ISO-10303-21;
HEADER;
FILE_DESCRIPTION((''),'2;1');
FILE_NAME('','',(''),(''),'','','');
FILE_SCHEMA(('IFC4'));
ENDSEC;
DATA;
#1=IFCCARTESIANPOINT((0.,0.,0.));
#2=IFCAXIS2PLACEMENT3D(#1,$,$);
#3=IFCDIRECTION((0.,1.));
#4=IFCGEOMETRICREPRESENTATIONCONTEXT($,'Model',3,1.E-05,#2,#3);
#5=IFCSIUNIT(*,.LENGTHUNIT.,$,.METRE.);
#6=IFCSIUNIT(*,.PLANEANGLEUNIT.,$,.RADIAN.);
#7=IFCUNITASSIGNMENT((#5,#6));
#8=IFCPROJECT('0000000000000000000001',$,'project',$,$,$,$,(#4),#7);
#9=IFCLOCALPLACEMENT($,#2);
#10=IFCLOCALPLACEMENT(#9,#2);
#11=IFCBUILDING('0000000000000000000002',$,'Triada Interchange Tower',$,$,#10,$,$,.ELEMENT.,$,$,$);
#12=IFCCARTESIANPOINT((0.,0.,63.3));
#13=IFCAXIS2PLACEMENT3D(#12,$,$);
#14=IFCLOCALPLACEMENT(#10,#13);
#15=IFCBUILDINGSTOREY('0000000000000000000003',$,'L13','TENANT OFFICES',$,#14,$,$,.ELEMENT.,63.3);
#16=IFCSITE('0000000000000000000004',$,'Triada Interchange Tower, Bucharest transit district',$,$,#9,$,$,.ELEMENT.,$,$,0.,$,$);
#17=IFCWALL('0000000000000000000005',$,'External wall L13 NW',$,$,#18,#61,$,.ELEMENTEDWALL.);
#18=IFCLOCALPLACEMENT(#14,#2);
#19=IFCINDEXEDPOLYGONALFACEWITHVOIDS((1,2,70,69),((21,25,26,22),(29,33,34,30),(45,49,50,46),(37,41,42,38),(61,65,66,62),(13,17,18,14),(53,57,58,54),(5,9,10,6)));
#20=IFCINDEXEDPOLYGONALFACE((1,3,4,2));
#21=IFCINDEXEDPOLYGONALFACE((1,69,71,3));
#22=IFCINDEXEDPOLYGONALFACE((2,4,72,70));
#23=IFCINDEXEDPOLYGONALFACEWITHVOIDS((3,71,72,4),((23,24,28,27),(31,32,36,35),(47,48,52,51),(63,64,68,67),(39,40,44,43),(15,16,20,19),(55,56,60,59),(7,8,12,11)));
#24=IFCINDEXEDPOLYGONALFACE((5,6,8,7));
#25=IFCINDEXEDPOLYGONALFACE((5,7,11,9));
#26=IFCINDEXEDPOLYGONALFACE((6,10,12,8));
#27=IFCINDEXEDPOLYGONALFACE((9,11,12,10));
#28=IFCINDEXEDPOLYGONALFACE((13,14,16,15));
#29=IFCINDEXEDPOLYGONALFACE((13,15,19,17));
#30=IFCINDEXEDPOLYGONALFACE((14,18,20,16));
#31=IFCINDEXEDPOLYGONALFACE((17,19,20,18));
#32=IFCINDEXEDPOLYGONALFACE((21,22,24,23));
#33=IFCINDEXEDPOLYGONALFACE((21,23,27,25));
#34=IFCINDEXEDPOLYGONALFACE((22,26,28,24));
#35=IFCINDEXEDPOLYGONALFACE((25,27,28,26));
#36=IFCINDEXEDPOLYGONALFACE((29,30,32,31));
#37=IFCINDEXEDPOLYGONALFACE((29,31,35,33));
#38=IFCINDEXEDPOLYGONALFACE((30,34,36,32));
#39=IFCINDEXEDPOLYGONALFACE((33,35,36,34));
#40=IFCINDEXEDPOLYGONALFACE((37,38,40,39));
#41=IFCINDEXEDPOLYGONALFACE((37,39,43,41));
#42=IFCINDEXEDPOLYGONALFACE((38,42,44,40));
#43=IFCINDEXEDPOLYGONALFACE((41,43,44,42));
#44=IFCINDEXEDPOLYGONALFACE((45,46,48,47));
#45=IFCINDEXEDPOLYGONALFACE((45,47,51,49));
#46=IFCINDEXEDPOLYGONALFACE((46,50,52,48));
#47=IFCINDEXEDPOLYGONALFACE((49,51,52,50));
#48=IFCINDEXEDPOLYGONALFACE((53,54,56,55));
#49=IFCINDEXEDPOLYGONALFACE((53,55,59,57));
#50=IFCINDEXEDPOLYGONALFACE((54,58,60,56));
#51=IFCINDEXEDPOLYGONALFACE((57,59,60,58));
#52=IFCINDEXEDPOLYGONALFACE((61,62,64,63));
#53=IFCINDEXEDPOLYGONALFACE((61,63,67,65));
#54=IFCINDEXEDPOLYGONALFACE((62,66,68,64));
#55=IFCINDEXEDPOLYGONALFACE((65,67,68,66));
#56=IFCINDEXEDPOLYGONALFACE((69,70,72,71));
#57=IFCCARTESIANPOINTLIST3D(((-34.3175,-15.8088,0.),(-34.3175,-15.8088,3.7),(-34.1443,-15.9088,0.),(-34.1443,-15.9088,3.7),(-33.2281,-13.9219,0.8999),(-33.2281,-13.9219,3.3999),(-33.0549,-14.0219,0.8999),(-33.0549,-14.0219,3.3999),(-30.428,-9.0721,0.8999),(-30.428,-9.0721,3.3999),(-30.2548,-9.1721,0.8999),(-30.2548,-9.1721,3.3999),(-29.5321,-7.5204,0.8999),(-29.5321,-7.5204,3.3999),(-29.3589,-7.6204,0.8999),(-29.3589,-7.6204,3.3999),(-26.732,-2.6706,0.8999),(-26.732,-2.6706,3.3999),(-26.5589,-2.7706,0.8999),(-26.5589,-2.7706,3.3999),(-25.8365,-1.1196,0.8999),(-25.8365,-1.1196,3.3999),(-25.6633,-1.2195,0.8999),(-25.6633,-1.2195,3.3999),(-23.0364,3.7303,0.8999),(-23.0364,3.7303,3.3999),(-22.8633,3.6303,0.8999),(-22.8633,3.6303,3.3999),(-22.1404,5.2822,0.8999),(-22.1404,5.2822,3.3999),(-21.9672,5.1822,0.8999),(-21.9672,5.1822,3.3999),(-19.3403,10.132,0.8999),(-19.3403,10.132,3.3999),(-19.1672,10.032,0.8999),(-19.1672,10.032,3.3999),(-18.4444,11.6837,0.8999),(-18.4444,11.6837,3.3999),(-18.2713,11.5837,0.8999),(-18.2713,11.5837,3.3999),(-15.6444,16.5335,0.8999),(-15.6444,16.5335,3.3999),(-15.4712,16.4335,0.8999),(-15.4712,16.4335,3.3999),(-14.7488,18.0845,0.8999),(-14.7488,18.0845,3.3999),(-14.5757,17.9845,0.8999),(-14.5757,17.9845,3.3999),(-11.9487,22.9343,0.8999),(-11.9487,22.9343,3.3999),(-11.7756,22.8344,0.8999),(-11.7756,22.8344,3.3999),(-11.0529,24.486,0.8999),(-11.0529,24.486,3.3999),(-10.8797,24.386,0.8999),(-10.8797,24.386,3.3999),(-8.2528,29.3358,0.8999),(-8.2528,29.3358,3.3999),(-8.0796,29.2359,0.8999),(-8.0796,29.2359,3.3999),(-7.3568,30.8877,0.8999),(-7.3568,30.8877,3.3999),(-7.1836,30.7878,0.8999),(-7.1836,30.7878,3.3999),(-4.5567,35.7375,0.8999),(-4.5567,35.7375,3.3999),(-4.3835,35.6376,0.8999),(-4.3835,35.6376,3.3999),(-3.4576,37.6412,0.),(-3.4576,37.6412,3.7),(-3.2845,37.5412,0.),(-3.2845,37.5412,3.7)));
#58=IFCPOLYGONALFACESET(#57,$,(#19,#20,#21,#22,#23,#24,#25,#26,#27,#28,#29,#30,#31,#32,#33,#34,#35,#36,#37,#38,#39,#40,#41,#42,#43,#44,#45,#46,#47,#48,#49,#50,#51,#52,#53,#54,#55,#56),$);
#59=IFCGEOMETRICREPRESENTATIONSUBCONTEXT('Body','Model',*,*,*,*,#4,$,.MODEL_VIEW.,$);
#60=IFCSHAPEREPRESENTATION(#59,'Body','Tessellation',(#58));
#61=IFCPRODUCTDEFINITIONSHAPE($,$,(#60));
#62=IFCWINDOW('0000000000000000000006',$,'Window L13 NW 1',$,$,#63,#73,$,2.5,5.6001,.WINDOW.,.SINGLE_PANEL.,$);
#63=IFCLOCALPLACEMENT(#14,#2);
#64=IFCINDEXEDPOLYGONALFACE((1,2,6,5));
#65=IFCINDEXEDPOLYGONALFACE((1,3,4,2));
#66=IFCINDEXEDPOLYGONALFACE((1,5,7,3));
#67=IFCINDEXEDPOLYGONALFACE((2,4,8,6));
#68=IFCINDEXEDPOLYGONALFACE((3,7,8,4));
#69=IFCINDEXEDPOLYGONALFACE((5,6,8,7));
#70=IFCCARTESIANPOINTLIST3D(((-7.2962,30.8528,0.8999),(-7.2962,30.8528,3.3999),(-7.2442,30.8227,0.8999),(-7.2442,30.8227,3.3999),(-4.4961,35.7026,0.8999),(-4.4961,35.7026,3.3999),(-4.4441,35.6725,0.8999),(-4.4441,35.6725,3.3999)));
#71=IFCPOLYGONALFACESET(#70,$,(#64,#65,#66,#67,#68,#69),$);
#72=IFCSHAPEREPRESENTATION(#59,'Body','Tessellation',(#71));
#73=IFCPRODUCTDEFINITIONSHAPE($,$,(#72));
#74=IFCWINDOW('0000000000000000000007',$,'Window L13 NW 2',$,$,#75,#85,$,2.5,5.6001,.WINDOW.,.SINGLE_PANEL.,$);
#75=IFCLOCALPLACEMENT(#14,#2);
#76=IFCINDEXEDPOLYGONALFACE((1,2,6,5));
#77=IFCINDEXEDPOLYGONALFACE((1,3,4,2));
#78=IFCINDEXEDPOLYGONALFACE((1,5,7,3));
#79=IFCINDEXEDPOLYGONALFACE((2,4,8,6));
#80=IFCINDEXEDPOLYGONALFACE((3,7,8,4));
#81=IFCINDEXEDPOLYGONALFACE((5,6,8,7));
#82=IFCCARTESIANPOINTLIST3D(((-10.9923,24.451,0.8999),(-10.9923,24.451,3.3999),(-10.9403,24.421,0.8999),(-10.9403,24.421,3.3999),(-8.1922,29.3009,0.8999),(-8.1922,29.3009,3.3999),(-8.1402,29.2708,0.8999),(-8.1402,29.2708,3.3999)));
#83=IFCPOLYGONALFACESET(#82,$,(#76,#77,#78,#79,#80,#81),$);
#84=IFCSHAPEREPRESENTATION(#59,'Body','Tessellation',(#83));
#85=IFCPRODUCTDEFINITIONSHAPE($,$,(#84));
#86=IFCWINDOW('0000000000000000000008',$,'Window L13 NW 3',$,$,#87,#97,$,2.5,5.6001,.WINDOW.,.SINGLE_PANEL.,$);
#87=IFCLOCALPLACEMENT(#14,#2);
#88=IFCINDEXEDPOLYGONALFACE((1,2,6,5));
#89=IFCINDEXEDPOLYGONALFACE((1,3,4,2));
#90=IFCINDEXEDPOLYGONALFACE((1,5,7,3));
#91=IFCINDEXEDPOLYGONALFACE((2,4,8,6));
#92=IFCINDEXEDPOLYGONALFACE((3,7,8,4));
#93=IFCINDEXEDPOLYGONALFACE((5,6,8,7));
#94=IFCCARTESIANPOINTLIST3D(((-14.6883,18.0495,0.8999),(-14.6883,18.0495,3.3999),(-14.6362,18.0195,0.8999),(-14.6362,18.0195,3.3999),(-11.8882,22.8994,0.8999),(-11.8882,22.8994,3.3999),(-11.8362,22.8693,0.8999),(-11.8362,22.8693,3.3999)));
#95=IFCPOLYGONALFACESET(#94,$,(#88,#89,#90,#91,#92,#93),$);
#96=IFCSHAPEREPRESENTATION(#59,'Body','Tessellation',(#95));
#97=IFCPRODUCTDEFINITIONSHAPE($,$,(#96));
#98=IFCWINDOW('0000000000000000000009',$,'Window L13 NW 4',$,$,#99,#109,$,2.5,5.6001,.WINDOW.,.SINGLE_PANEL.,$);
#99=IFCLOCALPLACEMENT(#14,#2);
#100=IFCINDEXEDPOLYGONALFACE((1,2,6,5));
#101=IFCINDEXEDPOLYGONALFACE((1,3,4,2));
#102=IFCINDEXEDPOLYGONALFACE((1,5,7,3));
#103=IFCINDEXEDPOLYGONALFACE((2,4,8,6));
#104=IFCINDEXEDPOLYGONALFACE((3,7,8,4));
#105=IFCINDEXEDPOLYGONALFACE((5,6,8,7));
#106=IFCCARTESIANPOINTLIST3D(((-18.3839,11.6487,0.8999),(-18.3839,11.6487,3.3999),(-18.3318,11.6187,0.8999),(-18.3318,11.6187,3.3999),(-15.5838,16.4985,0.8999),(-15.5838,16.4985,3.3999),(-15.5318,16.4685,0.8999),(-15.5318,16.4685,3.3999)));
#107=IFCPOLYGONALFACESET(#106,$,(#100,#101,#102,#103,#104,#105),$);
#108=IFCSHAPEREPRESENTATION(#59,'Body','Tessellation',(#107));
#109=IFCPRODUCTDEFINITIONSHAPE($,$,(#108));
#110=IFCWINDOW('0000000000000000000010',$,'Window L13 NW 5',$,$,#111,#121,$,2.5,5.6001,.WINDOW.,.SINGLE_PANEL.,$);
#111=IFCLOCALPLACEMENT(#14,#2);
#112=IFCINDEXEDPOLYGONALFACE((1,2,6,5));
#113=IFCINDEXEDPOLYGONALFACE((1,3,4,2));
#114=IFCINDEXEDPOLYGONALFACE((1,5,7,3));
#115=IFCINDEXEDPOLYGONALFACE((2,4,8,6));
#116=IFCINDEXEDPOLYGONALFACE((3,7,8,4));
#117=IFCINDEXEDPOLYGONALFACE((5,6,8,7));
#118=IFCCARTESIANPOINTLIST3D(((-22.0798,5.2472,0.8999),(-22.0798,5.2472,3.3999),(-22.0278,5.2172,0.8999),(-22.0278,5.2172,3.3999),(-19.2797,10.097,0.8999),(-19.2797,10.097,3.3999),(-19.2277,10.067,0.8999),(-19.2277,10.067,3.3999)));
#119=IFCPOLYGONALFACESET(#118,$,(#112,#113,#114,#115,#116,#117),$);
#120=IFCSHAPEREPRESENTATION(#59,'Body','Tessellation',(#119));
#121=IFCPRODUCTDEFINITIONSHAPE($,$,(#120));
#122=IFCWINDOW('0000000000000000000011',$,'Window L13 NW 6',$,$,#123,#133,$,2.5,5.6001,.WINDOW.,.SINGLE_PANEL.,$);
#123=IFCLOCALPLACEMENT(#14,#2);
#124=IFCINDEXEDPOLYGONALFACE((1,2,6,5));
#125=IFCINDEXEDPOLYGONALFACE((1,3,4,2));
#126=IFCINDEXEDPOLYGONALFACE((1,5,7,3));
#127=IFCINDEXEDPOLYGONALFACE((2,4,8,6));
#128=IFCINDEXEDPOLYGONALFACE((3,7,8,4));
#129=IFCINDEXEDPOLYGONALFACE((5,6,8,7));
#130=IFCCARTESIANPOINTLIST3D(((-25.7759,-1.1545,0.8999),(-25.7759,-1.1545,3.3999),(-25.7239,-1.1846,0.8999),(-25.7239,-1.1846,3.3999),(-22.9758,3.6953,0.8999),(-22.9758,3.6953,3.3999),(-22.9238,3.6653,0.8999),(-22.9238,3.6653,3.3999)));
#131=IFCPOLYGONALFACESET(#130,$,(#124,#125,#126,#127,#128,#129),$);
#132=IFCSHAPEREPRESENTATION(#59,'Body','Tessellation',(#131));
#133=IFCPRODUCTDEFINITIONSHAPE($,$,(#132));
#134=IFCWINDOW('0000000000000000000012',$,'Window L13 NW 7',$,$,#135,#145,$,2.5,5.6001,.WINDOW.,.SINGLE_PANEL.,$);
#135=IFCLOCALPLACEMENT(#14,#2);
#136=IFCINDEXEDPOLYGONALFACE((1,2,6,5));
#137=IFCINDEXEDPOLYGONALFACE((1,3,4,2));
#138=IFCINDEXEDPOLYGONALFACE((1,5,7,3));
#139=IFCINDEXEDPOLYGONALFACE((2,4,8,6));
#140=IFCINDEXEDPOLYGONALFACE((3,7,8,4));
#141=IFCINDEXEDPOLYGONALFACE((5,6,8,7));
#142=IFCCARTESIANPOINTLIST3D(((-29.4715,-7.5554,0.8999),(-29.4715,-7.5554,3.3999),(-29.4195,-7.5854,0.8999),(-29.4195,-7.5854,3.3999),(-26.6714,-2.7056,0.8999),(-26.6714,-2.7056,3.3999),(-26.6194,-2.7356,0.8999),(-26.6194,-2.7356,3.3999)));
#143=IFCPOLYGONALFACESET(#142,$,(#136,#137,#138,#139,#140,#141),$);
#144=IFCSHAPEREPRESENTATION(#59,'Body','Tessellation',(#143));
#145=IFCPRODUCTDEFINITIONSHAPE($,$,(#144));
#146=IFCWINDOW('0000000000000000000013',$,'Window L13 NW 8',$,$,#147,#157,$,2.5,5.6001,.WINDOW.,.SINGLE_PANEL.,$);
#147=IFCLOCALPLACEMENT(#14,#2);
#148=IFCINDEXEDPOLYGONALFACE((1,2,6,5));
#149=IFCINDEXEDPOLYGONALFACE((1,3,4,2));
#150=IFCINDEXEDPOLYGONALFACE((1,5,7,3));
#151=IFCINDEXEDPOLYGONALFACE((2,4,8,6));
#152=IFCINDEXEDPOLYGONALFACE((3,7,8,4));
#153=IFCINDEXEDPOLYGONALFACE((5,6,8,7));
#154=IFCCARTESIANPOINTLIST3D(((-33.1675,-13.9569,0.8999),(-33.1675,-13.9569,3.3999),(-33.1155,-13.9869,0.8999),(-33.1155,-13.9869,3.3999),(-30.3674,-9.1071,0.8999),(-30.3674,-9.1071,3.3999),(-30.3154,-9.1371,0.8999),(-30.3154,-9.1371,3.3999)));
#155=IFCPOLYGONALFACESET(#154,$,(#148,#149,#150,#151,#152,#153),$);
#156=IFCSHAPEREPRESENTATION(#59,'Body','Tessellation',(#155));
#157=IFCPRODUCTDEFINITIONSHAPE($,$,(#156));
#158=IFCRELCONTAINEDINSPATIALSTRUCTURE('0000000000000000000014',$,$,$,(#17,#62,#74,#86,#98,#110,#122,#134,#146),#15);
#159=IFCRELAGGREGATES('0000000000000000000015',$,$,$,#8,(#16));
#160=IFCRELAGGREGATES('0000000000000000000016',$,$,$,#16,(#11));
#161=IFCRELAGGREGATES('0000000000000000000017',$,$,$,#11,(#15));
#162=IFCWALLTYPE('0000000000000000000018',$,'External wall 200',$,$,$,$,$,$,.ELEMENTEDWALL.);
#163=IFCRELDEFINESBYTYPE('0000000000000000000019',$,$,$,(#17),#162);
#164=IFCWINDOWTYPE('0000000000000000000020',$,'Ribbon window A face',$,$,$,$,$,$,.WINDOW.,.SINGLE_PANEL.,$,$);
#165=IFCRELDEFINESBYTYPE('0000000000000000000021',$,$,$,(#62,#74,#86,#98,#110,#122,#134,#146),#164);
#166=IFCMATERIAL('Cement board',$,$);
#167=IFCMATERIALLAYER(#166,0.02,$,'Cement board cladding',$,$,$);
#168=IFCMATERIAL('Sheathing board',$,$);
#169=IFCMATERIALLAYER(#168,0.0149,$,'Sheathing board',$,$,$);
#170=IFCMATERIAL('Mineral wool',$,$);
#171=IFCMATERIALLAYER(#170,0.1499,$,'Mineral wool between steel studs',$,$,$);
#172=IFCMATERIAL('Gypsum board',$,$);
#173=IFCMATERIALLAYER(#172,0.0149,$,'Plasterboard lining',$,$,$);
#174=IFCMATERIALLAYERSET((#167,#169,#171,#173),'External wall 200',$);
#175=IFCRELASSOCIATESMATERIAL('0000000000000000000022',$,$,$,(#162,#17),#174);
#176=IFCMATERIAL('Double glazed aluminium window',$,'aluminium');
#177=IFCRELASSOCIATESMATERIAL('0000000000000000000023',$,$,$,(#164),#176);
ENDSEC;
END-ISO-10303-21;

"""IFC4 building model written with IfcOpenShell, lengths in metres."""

from ifc_helpers import new_model, si_unit, direction, frame, frame_2d, origin, place, context, subcontext, project, spatial, rectangle, extrude, material, layer, layer_set, layer_usage, type_object, element, fill, save


model = new_model("IFC4")

# Units and contexts
model_context = context("Model", 3, precision=1e-05, world=origin(), true_north=direction((0.0, 1.0)))
body_context = subcontext(model_context, "Body", "Model", "MODEL_VIEW")
ifc_project = project(units=[si_unit("LENGTHUNIT", "METRE"), si_unit("PLANEANGLEUNIT", "RADIAN")], contexts=[model_context])

# Site, building, storey
site_placement = place(None, origin())
site = spatial("IfcSite", under=ifc_project, at=site_placement, Name="Triada Interchange Tower, Bucharest transit district", CompositionType="ELEMENT", RefElevation=0.0)
building_placement = place(site_placement, origin())
building = spatial("IfcBuilding", under=site, at=building_placement, Name="Triada Interchange Tower", CompositionType="ELEMENT")
storey_placement = place(building_placement, frame((0.0, 0.0, 63.3)))
storey = spatial("IfcBuildingStorey", under=building, at=storey_placement, Name="L13", Description="TENANT OFFICES", CompositionType="ELEMENT", Elevation=63.3)

# Wall, openings, windows
ifc_material_1 = material(Name="Cement board")
ifc_layer_1 = layer(ifc_material_1, 0.02, Name="Cement board cladding")
ifc_material_2 = material(Name="Sheathing board")
ifc_layer_2 = layer(ifc_material_2, 0.0149, Name="Sheathing board")
ifc_material_3 = material(Name="Mineral wool")
ifc_layer_3 = layer(ifc_material_3, 0.1499, Name="Mineral wool between steel studs")
ifc_material_4 = material(Name="Gypsum board")
ifc_layer_4 = layer(ifc_material_4, 0.0149, Name="Plasterboard lining")
ifc_layer_set_1 = layer_set([ifc_layer_1, ifc_layer_2, ifc_layer_3, ifc_layer_4], Name="External wall 200")
ifc_layer_usage = layer_usage(ifc_layer_set_1, "AXIS2", "POSITIVE", -0.1001)
wall_type_1 = type_object("IfcWallType", Name="External wall 200", PredefinedType="ELEMENTEDWALL", material=ifc_layer_set_1)
wall_1_placement = place(storey_placement, frame((-3.3711, 37.5911, 0.0), z_axis=(0.0, 0.0, 1.0), x_axis=(-0.500006, -0.866022, 0.0)))
wall_1 = element("IfcWall", 1, at=wall_1_placement, inside=storey, type_object=wall_type_1, material=ifc_layer_usage, Name="External wall L13 NW", PredefinedType="ELEMENTEDWALL", context=body_context, shape_type="SweptSolid", body=[
    extrude(rectangle(XDim=61.719, YDim=0.2, at=frame_2d((30.8594, 0.0))), origin(), (0.0, 0.0, 1.0), 3.7),
])
opening_1_placement = place(wall_1_placement, frame((2.198, 0.0, 0.8999)))
opening_1 = element("IfcOpeningElement", 2, at=opening_1_placement, cuts=wall_1, PredefinedType="OPENING", context=body_context, shape_type="SweptSolid", body=[
    extrude(rectangle(XDim=5.6001, YDim=2.5, at=frame_2d((2.8, 1.25))), frame((0.0, 0.1099, 0.0), z_axis=(0.0, -1.0, 0.0), x_axis=(1.0, 0.0, 0.0)), (0.0, 0.0, 1.0), 0.22),
])
opening_2_placement = place(wall_1_placement, frame((9.5901, 0.0, 0.8999)))
opening_2 = element("IfcOpeningElement", 3, at=opening_2_placement, cuts=wall_1, PredefinedType="OPENING", context=body_context, shape_type="SweptSolid", body=[
    extrude(rectangle(XDim=5.6001, YDim=2.5, at=frame_2d((2.8, 1.25))), frame((0.0, 0.1099, 0.0), z_axis=(0.0, -1.0, 0.0), x_axis=(1.0, 0.0, 0.0)), (0.0, 0.0, 1.0), 0.22),
])
opening_3_placement = place(wall_1_placement, frame((16.9819, 0.0, 0.8999)))
opening_3 = element("IfcOpeningElement", 4, at=opening_3_placement, cuts=wall_1, PredefinedType="OPENING", context=body_context, shape_type="SweptSolid", body=[
    extrude(rectangle(XDim=5.6001, YDim=2.5, at=frame_2d((2.8, 1.25))), frame((0.0, 0.1099, 0.0), z_axis=(0.0, -1.0, 0.0), x_axis=(1.0, 0.0, 0.0)), (0.0, 0.0, 1.0), 0.22),
])
opening_4_placement = place(wall_1_placement, frame((24.373, 0.0, 0.8999)))
opening_4 = element("IfcOpeningElement", 5, at=opening_4_placement, cuts=wall_1, PredefinedType="OPENING", context=body_context, shape_type="SweptSolid", body=[
    extrude(rectangle(XDim=5.6001, YDim=2.5, at=frame_2d((2.8, 1.25))), frame((0.0, 0.1099, 0.0), z_axis=(0.0, -1.0, 0.0), x_axis=(1.0, 0.0, 0.0)), (0.0, 0.0, 1.0), 0.22),
])
opening_5_placement = place(wall_1_placement, frame((31.7649, 0.0, 0.8999)))
opening_5 = element("IfcOpeningElement", 6, at=opening_5_placement, cuts=wall_1, PredefinedType="OPENING", context=body_context, shape_type="SweptSolid", body=[
    extrude(rectangle(XDim=5.6001, YDim=2.5, at=frame_2d((2.8, 1.25))), frame((0.0, 0.1099, 0.0), z_axis=(0.0, -1.0, 0.0), x_axis=(1.0, 0.0, 0.0)), (0.0, 0.0, 1.0), 0.22),
])
opening_6_placement = place(wall_1_placement, frame((39.157, 0.0, 0.8999)))
opening_6 = element("IfcOpeningElement", 7, at=opening_6_placement, cuts=wall_1, PredefinedType="OPENING", context=body_context, shape_type="SweptSolid", body=[
    extrude(rectangle(XDim=5.6001, YDim=2.5, at=frame_2d((2.8, 1.25))), frame((0.0, 0.1099, 0.0), z_axis=(0.0, -1.0, 0.0), x_axis=(1.0, 0.0, 0.0)), (0.0, 0.0, 1.0), 0.22),
])
opening_7_placement = place(wall_1_placement, frame((46.5481, 0.0, 0.8999)))
opening_7 = element("IfcOpeningElement", 8, at=opening_7_placement, cuts=wall_1, PredefinedType="OPENING", context=body_context, shape_type="SweptSolid", body=[
    extrude(rectangle(XDim=5.6001, YDim=2.5, at=frame_2d((2.8, 1.25))), frame((0.0, 0.1099, 0.0), z_axis=(0.0, -1.0, 0.0), x_axis=(1.0, 0.0, 0.0)), (0.0, 0.0, 1.0), 0.22),
])
opening_8_placement = place(wall_1_placement, frame((53.9399, 0.0, 0.8999)))
opening_8 = element("IfcOpeningElement", 9, at=opening_8_placement, cuts=wall_1, PredefinedType="OPENING", context=body_context, shape_type="SweptSolid", body=[
    extrude(rectangle(XDim=5.6001, YDim=2.5, at=frame_2d((2.8, 1.25))), frame((0.0, 0.1099, 0.0), z_axis=(0.0, -1.0, 0.0), x_axis=(1.0, 0.0, 0.0)), (0.0, 0.0, 1.0), 0.22),
])
ifc_material_5 = material(Name="Double glazed aluminium window", Category="aluminium")
window_type = type_object("IfcWindowType", Name="Ribbon window A face", PartitioningType="SINGLE_PANEL", PredefinedType="WINDOW", material=ifc_material_5)
window_1_placement = place(opening_1_placement, origin())
window_1 = element("IfcWindow", 10, at=window_1_placement, inside=storey, type_object=window_type, Name="Window L13 NW 1", OverallHeight=2.5, OverallWidth=5.6001, PartitioningType="SINGLE_PANEL", PredefinedType="WINDOW", context=body_context, shape_type="SweptSolid", body=[
    extrude(rectangle(XDim=5.6001, YDim=2.5, at=frame_2d((2.8, 1.25))), frame((0.0, 0.03, 0.0), z_axis=(0.0, -1.0, 0.0), x_axis=(1.0, 0.0, 0.0)), (0.0, 0.0, 1.0), 0.0601),
])
fill(opening_1, window_1)
window_2_placement = place(opening_2_placement, origin())
window_2 = element("IfcWindow", 11, at=window_2_placement, inside=storey, type_object=window_type, Name="Window L13 NW 2", OverallHeight=2.5, OverallWidth=5.6001, PartitioningType="SINGLE_PANEL", PredefinedType="WINDOW", context=body_context, shape_type="SweptSolid", body=[
    extrude(rectangle(XDim=5.6001, YDim=2.5, at=frame_2d((2.8, 1.25))), frame((0.0, 0.03, 0.0), z_axis=(0.0, -1.0, 0.0), x_axis=(1.0, 0.0, 0.0)), (0.0, 0.0, 1.0), 0.0601),
])
fill(opening_2, window_2)
window_3_placement = place(opening_3_placement, origin())
window_3 = element("IfcWindow", 12, at=window_3_placement, inside=storey, type_object=window_type, Name="Window L13 NW 3", OverallHeight=2.5, OverallWidth=5.6001, PartitioningType="SINGLE_PANEL", PredefinedType="WINDOW", context=body_context, shape_type="SweptSolid", body=[
    extrude(rectangle(XDim=5.6001, YDim=2.5, at=frame_2d((2.8, 1.25))), frame((0.0, 0.03, 0.0), z_axis=(0.0, -1.0, 0.0), x_axis=(1.0, 0.0, 0.0)), (0.0, 0.0, 1.0), 0.0601),
])
fill(opening_3, window_3)
window_4_placement = place(opening_4_placement, origin())
window_4 = element("IfcWindow", 13, at=window_4_placement, inside=storey, type_object=window_type, Name="Window L13 NW 4", OverallHeight=2.5, OverallWidth=5.6001, PartitioningType="SINGLE_PANEL", PredefinedType="WINDOW", context=body_context, shape_type="SweptSolid", body=[
    extrude(rectangle(XDim=5.6001, YDim=2.5, at=frame_2d((2.8, 1.25))), frame((0.0, 0.03, 0.0), z_axis=(0.0, -1.0, 0.0), x_axis=(1.0, 0.0, 0.0)), (0.0, 0.0, 1.0), 0.0601),
])
fill(opening_4, window_4)
window_5_placement = place(opening_5_placement, origin())
window_5 = element("IfcWindow", 14, at=window_5_placement, inside=storey, type_object=window_type, Name="Window L13 NW 5", OverallHeight=2.5, OverallWidth=5.6001, PartitioningType="SINGLE_PANEL", PredefinedType="WINDOW", context=body_context, shape_type="SweptSolid", body=[
    extrude(rectangle(XDim=5.6001, YDim=2.5, at=frame_2d((2.8, 1.25))), frame((0.0, 0.03, 0.0), z_axis=(0.0, -1.0, 0.0), x_axis=(1.0, 0.0, 0.0)), (0.0, 0.0, 1.0), 0.0601),
])
fill(opening_5, window_5)
window_6_placement = place(opening_6_placement, origin())
window_6 = element("IfcWindow", 15, at=window_6_placement, inside=storey, type_object=window_type, Name="Window L13 NW 6", OverallHeight=2.5, OverallWidth=5.6001, PartitioningType="SINGLE_PANEL", PredefinedType="WINDOW", context=body_context, shape_type="SweptSolid", body=[
    extrude(rectangle(XDim=5.6001, YDim=2.5, at=frame_2d((2.8, 1.25))), frame((0.0, 0.03, 0.0), z_axis=(0.0, -1.0, 0.0), x_axis=(1.0, 0.0, 0.0)), (0.0, 0.0, 1.0), 0.0601),
])
fill(opening_6, window_6)
window_7_placement = place(opening_7_placement, origin())
window_7 = element("IfcWindow", 16, at=window_7_placement, inside=storey, type_object=window_type, Name="Window L13 NW 7", OverallHeight=2.5, OverallWidth=5.6001, PartitioningType="SINGLE_PANEL", PredefinedType="WINDOW", context=body_context, shape_type="SweptSolid", body=[
    extrude(rectangle(XDim=5.6001, YDim=2.5, at=frame_2d((2.8, 1.25))), frame((0.0, 0.03, 0.0), z_axis=(0.0, -1.0, 0.0), x_axis=(1.0, 0.0, 0.0)), (0.0, 0.0, 1.0), 0.0601),
])
fill(opening_7, window_7)
window_8_placement = place(opening_8_placement, origin())
window_8 = element("IfcWindow", 17, at=window_8_placement, inside=storey, type_object=window_type, Name="Window L13 NW 8", OverallHeight=2.5, OverallWidth=5.6001, PartitioningType="SINGLE_PANEL", PredefinedType="WINDOW", context=body_context, shape_type="SweptSolid", body=[
    extrude(rectangle(XDim=5.6001, YDim=2.5, at=frame_2d((2.8, 1.25))), frame((0.0, 0.03, 0.0), z_axis=(0.0, -1.0, 0.0), x_axis=(1.0, 0.0, 0.0)), (0.0, 0.0, 1.0), 0.0601),
])
fill(opening_8, window_8)

save(model, "model.ifc")
